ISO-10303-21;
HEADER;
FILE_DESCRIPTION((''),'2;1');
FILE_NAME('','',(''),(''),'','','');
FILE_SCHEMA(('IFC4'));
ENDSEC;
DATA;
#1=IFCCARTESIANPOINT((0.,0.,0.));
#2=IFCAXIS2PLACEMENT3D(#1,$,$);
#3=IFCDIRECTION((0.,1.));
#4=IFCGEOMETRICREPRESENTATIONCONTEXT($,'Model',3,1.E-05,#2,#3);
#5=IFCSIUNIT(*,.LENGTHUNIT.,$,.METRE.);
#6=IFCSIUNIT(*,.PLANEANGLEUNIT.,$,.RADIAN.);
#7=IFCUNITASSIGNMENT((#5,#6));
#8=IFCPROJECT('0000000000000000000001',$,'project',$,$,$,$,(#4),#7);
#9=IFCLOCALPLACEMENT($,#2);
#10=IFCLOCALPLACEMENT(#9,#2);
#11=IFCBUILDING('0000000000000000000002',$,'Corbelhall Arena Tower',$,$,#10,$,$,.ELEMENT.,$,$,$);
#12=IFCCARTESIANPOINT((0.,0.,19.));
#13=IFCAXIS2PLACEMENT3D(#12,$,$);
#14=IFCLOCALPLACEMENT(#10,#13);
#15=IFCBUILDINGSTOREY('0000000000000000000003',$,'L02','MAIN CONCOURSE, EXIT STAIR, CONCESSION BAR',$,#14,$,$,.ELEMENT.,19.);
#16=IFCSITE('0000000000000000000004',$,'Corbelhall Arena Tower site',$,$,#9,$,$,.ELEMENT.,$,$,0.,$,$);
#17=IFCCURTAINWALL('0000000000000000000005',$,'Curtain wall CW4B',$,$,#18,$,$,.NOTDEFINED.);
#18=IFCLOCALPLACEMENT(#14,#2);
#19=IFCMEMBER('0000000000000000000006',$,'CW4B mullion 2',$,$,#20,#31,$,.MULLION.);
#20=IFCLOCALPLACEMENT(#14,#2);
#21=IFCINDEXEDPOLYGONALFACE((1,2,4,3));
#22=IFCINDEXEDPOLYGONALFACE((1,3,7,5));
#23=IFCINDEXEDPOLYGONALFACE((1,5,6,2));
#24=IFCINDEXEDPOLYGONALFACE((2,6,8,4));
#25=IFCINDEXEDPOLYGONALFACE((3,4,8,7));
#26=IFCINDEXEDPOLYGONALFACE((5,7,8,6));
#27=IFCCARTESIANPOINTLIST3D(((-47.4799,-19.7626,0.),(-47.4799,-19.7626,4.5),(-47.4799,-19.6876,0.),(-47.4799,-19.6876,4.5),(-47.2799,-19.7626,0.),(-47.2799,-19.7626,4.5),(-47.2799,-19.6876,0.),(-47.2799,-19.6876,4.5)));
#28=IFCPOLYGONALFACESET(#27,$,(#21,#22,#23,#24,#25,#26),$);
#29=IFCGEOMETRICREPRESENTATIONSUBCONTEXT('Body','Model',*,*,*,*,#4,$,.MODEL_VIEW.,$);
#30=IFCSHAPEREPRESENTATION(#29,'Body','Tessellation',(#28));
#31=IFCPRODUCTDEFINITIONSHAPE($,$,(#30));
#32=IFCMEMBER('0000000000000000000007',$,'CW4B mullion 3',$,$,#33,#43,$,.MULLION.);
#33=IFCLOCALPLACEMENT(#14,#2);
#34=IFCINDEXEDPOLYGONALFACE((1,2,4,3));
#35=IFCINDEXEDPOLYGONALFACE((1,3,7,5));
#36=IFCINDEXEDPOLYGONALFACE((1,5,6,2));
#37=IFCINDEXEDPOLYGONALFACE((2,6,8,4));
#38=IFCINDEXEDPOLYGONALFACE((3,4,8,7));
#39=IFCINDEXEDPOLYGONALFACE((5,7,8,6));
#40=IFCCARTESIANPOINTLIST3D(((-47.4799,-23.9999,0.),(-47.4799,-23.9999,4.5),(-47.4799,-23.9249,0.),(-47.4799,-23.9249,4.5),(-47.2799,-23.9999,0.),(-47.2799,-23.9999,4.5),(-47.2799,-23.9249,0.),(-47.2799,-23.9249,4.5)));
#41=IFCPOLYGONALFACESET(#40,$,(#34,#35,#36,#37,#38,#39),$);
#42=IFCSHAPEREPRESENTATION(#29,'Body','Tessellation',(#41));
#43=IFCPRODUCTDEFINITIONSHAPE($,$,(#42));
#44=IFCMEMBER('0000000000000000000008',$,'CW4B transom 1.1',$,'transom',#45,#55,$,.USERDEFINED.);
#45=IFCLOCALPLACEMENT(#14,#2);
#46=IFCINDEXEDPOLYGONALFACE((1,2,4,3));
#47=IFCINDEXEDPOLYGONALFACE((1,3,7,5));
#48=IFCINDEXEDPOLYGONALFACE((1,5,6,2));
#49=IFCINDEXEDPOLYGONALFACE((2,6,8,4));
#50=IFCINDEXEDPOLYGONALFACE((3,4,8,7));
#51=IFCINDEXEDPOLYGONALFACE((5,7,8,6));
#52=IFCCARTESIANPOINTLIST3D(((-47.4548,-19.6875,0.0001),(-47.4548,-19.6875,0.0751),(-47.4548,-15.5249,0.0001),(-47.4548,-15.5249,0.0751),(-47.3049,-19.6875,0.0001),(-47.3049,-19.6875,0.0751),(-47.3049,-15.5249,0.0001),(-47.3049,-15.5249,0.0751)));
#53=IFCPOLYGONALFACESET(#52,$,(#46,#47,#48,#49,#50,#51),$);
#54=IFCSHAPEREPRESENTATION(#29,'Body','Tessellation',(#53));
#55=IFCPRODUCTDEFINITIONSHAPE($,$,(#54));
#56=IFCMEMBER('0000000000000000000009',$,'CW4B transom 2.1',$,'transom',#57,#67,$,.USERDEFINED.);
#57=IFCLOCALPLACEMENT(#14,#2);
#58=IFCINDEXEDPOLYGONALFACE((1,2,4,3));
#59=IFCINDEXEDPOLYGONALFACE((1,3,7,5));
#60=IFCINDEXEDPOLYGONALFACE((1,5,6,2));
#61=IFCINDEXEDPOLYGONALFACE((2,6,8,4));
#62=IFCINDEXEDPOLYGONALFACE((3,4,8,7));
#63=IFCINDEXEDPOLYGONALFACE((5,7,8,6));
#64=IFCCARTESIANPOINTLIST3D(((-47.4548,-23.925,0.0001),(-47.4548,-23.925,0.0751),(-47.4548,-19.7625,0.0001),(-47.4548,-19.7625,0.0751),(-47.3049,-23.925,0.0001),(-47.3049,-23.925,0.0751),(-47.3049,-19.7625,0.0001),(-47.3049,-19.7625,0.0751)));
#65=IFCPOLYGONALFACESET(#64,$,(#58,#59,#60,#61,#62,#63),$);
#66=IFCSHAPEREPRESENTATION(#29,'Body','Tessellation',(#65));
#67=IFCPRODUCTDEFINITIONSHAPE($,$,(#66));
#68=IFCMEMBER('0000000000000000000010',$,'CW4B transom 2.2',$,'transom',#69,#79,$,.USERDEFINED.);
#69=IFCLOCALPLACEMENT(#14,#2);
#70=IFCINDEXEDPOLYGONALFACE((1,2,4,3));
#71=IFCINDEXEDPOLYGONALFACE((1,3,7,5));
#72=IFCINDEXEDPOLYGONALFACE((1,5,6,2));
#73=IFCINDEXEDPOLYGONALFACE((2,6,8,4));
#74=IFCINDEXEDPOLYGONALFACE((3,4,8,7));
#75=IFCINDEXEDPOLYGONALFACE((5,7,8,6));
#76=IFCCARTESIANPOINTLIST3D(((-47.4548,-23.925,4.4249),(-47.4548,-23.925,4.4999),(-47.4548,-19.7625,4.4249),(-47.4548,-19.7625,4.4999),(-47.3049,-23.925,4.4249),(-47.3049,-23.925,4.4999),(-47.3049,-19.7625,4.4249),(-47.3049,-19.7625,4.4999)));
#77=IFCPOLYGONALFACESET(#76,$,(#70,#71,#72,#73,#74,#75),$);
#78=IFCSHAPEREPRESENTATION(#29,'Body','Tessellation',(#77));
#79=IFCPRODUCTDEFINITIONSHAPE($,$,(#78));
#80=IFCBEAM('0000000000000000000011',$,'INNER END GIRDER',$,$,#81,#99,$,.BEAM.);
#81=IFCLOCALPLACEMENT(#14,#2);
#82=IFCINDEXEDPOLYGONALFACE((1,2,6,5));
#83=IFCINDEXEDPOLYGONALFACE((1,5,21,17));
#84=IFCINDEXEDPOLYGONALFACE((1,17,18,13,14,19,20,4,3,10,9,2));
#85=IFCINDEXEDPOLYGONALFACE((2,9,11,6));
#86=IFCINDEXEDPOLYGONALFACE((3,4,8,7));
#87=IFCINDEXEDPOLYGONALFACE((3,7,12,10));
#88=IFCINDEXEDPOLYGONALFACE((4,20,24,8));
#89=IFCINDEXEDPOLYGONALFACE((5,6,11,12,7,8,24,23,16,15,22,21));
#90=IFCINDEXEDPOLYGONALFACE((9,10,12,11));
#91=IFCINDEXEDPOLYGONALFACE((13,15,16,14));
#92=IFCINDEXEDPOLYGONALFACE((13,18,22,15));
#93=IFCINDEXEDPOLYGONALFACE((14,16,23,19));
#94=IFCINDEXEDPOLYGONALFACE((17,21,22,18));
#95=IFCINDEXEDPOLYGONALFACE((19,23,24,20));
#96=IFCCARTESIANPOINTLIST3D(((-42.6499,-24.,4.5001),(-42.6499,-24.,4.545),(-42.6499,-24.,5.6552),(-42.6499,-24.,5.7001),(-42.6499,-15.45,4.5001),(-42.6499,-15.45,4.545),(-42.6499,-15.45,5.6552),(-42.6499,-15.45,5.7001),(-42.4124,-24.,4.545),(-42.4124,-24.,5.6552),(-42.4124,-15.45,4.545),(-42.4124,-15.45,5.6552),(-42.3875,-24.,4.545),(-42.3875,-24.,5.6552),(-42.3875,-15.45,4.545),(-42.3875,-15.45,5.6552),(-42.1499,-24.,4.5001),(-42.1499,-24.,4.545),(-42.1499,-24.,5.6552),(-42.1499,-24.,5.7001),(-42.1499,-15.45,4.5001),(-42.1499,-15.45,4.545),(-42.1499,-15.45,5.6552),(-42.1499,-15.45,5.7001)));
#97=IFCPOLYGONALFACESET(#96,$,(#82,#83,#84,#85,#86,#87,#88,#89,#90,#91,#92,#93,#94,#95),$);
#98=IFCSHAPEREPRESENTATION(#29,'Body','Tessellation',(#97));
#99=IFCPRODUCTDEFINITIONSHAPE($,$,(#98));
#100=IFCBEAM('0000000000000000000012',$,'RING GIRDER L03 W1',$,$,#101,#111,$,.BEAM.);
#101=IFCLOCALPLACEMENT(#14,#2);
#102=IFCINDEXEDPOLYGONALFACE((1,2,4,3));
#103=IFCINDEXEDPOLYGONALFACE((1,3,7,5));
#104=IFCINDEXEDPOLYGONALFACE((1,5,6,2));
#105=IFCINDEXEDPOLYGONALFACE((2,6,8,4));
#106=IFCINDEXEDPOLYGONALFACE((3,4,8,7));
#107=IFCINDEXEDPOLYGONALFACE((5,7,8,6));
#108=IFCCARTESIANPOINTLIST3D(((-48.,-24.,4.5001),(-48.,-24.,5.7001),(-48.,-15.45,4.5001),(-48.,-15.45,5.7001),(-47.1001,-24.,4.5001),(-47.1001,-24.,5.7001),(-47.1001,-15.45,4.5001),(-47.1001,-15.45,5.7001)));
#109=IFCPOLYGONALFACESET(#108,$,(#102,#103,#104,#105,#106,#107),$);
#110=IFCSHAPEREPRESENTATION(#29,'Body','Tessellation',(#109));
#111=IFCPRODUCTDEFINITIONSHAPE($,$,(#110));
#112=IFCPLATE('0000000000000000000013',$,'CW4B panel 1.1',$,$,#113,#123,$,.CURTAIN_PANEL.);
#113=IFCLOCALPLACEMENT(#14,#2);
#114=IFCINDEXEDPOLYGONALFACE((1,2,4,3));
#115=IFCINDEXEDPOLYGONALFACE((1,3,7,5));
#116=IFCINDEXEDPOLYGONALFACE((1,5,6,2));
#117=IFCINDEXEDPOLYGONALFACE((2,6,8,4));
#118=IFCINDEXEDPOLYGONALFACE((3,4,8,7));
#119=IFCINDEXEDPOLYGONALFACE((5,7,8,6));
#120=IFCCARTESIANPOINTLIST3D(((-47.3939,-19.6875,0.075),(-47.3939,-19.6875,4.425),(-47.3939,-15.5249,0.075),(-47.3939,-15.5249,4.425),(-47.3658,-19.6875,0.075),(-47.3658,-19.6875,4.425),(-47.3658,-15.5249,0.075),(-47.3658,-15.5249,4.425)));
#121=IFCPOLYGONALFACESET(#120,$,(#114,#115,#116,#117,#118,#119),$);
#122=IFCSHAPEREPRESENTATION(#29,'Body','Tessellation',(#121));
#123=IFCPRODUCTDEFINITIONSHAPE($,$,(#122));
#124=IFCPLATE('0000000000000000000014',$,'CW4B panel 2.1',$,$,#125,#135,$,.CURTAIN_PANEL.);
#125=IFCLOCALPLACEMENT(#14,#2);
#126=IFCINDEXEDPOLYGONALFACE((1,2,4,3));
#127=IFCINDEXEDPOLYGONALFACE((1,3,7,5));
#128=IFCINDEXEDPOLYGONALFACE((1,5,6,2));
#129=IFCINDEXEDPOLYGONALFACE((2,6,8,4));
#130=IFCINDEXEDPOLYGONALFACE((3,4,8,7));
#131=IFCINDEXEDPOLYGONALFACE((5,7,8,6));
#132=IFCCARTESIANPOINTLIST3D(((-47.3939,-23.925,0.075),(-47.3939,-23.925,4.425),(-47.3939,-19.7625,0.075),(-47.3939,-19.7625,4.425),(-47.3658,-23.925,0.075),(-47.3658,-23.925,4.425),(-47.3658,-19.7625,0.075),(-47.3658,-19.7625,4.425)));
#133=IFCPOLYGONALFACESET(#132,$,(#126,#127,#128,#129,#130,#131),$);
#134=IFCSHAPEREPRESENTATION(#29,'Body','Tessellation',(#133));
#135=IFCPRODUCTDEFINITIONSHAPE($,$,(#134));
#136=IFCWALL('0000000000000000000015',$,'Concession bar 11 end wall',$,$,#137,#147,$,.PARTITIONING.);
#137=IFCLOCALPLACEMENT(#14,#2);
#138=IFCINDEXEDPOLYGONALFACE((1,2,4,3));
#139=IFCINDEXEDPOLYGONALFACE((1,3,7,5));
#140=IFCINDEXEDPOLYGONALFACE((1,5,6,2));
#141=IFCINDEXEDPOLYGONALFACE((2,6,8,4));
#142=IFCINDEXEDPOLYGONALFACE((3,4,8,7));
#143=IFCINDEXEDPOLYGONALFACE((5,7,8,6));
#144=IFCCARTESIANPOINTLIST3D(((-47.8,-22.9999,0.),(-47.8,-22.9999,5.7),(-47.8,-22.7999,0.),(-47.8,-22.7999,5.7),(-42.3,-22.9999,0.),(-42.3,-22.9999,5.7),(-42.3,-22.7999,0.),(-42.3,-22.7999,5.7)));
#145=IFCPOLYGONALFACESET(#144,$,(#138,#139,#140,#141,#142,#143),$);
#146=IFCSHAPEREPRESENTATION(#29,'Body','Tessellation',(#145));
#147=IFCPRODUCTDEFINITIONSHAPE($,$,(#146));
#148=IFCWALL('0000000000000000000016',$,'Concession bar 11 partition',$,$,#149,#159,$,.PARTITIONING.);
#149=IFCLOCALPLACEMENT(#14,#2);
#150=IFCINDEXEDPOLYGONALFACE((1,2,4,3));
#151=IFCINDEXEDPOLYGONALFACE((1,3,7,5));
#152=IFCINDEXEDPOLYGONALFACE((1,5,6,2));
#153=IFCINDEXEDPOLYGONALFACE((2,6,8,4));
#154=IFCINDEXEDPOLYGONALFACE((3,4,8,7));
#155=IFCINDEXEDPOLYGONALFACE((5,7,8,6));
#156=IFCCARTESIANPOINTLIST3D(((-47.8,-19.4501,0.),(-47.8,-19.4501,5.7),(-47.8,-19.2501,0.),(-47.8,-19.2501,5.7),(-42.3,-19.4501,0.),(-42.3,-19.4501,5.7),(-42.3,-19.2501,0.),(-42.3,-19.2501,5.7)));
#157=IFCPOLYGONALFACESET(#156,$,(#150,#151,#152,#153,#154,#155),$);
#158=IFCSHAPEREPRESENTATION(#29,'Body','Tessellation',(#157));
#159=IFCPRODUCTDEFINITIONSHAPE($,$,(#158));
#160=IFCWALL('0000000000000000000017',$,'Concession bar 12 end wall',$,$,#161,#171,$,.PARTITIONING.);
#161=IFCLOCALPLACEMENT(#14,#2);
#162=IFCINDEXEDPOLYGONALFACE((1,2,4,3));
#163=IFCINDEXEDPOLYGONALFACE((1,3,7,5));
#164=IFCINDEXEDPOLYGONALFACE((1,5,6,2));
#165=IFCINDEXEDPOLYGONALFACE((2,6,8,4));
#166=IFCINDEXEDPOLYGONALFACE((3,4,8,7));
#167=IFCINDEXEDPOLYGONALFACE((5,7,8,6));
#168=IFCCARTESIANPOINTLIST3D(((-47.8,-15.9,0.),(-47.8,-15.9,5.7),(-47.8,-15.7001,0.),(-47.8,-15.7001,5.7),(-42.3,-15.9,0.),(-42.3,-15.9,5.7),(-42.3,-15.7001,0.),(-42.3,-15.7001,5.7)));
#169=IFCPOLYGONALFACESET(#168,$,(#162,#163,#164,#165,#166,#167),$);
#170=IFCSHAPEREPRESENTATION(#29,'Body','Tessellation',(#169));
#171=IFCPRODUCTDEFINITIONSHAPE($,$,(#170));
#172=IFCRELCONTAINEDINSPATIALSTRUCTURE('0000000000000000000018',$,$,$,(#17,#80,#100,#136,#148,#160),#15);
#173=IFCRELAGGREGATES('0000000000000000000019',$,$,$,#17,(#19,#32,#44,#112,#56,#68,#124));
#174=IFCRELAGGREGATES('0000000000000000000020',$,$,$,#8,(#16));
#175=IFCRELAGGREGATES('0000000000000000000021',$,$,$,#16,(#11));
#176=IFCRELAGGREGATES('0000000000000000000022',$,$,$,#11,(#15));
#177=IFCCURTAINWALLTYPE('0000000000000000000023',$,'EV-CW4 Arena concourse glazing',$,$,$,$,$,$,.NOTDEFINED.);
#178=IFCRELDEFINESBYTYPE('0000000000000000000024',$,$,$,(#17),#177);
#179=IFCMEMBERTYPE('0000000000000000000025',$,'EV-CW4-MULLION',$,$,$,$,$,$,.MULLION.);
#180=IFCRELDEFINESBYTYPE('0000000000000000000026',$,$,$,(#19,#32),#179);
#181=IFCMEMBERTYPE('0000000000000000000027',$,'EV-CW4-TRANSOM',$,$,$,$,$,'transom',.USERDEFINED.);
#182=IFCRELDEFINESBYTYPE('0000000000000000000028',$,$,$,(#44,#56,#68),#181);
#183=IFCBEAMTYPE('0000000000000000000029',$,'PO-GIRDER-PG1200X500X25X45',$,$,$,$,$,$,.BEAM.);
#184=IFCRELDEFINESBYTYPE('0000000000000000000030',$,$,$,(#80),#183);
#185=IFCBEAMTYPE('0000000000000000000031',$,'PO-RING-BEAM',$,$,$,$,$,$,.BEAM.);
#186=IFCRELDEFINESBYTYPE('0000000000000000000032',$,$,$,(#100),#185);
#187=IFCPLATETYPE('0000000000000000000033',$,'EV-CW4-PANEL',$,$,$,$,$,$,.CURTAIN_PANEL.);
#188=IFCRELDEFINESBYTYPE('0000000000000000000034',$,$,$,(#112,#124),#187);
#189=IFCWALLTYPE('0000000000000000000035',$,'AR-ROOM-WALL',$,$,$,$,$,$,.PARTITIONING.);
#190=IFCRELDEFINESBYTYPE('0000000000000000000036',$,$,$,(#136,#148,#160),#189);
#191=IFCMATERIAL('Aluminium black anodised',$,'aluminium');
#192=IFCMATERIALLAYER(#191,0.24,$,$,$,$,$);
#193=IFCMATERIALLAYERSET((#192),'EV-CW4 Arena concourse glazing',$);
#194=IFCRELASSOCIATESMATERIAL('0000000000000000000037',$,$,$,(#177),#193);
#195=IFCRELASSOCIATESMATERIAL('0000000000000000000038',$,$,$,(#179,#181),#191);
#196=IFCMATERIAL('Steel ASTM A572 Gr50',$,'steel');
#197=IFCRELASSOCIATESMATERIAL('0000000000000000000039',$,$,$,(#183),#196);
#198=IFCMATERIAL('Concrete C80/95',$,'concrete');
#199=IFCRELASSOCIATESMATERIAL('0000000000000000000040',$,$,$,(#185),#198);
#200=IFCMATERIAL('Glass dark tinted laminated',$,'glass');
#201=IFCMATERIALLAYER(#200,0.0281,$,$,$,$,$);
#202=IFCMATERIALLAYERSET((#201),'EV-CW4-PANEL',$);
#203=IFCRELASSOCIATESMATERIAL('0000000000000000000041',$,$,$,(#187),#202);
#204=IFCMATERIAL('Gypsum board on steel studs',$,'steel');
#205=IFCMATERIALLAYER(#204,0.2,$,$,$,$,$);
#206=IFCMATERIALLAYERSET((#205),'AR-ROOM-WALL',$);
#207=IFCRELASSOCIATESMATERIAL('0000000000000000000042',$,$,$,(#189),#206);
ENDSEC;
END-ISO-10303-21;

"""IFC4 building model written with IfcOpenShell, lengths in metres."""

from ifc_helpers import new_model, si_unit, direction, frame, frame_2d, origin, origin_2d, place, context, subcontext, project, spatial, rectangle, i_section, extrude, material, layer, layer_set, material_profile, profile_set, type_object, element, aggregate, save


model = new_model("IFC4")

# Units and contexts
model_context = context("Model", 3, precision=1e-05, world=origin(), true_north=direction((0.0, 1.0)))
body_context = subcontext(model_context, "Body", "Model", "MODEL_VIEW")
ifc_project = project(units=[si_unit("LENGTHUNIT", "METRE"), si_unit("PLANEANGLEUNIT", "RADIAN")], contexts=[model_context])

# Site, building, storey
site_placement = place(None, origin())
site = spatial("IfcSite", under=ifc_project, at=site_placement, Name="Corbelhall Arena Tower site", CompositionType="ELEMENT", RefElevation=0.0)
building_placement = place(site_placement, origin())
building = spatial("IfcBuilding", under=site, at=building_placement, Name="Corbelhall Arena Tower", CompositionType="ELEMENT")
storey_placement = place(building_placement, frame((0.0, 0.0, 19.0)))
storey = spatial("IfcBuildingStorey", under=building, at=storey_placement, Name="L02", Description="MAIN CONCOURSE, EXIT STAIR, CONCESSION BAR", CompositionType="ELEMENT", Elevation=19.0)

# Curtain wall, members
ifc_material_1 = material(Name="Aluminium black anodised", Category="aluminium")
ifc_layer_1 = layer(ifc_material_1, 0.24)
ifc_layer_set_1 = layer_set([ifc_layer_1], Name="EV-CW4 Arena concourse glazing")
curtain_wall_type = type_object("IfcCurtainWallType", Name="EV-CW4 Arena concourse glazing", PredefinedType="NOTDEFINED", material=ifc_layer_set_1)
curtain_wall_placement = place(storey_placement, origin())
curtain_wall = element("IfcCurtainWall", 1, at=curtain_wall_placement, inside=storey, type_object=curtain_wall_type, Name="Curtain wall CW4B", PredefinedType="NOTDEFINED")
ifc_material_profile_1 = material_profile(ifc_material_1, rectangle(XDim=0.2, YDim=0.075, at=origin_2d()))
ifc_profile_set_1 = profile_set([ifc_material_profile_1], Name="Aluminium black anodised")
member_type_1 = type_object("IfcMemberType", Name="EV-CW4-MULLION", PredefinedType="MULLION", material=ifc_profile_set_1)
member_1_placement = place(storey_placement, frame((-47.3799, -19.7251, 0.0), z_axis=(0.0, 0.0, 1.0), x_axis=(1.0, 0.0, 0.0)))
member_1 = element("IfcMember", 2, at=member_1_placement, type_object=member_type_1, Name="CW4B mullion 2", PredefinedType="MULLION", context=body_context, shape_type="SweptSolid", body=[
    extrude(rectangle(XDim=0.2, YDim=0.075, at=origin_2d()), origin(), (0.0, 0.0, 1.0), 4.5),
])
member_2_placement = place(storey_placement, frame((-47.3799, -23.9624, 0.0), z_axis=(0.0, 0.0, 1.0), x_axis=(1.0, 0.0, 0.0)))
member_2 = element("IfcMember", 3, at=member_2_placement, type_object=member_type_1, Name="CW4B mullion 3", PredefinedType="MULLION", context=body_context, shape_type="SweptSolid", body=[
    extrude(rectangle(XDim=0.2, YDim=0.075, at=origin_2d()), origin(), (0.0, 0.0, 1.0), 4.5),
])
ifc_material_profile_2 = material_profile(ifc_material_1, rectangle(XDim=0.1499, YDim=0.075, at=origin_2d()))
ifc_profile_set_2 = profile_set([ifc_material_profile_2], Name="Aluminium black anodised")
member_type_2 = type_object("IfcMemberType", Name="EV-CW4-TRANSOM", ElementType="transom", PredefinedType="USERDEFINED", material=ifc_profile_set_2)
member_3_placement = place(storey_placement, frame((-47.3799, -15.5249, 0.0376), z_axis=(0.0, -1.0, 0.0), x_axis=(1.0, 0.0, 0.0)))
member_3 = element("IfcMember", 4, at=member_3_placement, type_object=member_type_2, Name="CW4B transom 1.1", ObjectType="transom", PredefinedType="USERDEFINED", context=body_context, shape_type="SweptSolid", body=[
    extrude(rectangle(XDim=0.1499, YDim=0.075, at=origin_2d()), origin(), (0.0, 0.0, 1.0), 4.1626),
])
member_4_placement = place(storey_placement, frame((-47.3799, -19.7625, 0.0376), z_axis=(0.0, -1.0, 0.0), x_axis=(1.0, 0.0, 0.0)))
member_4 = element("IfcMember", 5, at=member_4_placement, type_object=member_type_2, Name="CW4B transom 2.1", ObjectType="transom", PredefinedType="USERDEFINED", context=body_context, shape_type="SweptSolid", body=[
    extrude(rectangle(XDim=0.1499, YDim=0.075, at=origin_2d()), origin(), (0.0, 0.0, 1.0), 4.1626),
])
member_5_placement = place(storey_placement, frame((-47.3799, -19.7625, 4.4624), z_axis=(0.0, -1.0, 0.0), x_axis=(1.0, 0.0, 0.0)))
member_5 = element("IfcMember", 6, at=member_5_placement, type_object=member_type_2, Name="CW4B transom 2.2", ObjectType="transom", PredefinedType="USERDEFINED", context=body_context, shape_type="SweptSolid", body=[
    extrude(rectangle(XDim=0.1499, YDim=0.075, at=origin_2d()), origin(), (0.0, 0.0, 1.0), 4.1626),
])

# Beams
ifc_material_2 = material(Name="Steel ASTM A572 Gr50", Category="steel")
ifc_material_profile_3 = material_profile(ifc_material_2, i_section(OverallWidth=0.5, OverallDepth=1.2, WebThickness=0.0249, FlangeThickness=0.0449, at=origin_2d()))
ifc_profile_set_3 = profile_set([ifc_material_profile_3], Name="Steel ASTM A572 Gr50")
beam_type_1 = type_object("IfcBeamType", Name="PO-GIRDER-PG1200X500X25X45", PredefinedType="BEAM", material=ifc_profile_set_3)
beam_1_placement = place(storey_placement, frame((-42.3999, -24.0, 5.1001), z_axis=(0.0, 1.0, 0.0), x_axis=(-1.0, 0.0, 0.0)))
element("IfcBeam", 7, at=beam_1_placement, inside=storey, type_object=beam_type_1, Name="INNER END GIRDER", PredefinedType="BEAM", context=body_context, shape_type="SweptSolid", body=[
    extrude(i_section(OverallWidth=0.5, OverallDepth=1.2, WebThickness=0.0249, FlangeThickness=0.0449, at=origin_2d()), origin(), (0.0, 0.0, 1.0), 8.55),
])
ifc_material_3 = material(Name="Concrete C80/95", Category="concrete")
ifc_material_profile_4 = material_profile(ifc_material_3, rectangle(XDim=0.8999, YDim=1.2, at=origin_2d()))
ifc_profile_set_4 = profile_set([ifc_material_profile_4], Name="Concrete C80/95")
beam_type_2 = type_object("IfcBeamType", Name="PO-RING-BEAM", PredefinedType="BEAM", material=ifc_profile_set_4)
beam_2_placement = place(storey_placement, frame((-47.55, -24.0, 5.1001), z_axis=(0.0, 1.0, 0.0), x_axis=(-1.0, 0.0, 0.0)))
element("IfcBeam", 8, at=beam_2_placement, inside=storey, type_object=beam_type_2, Name="RING GIRDER L03 W1", PredefinedType="BEAM", context=body_context, shape_type="SweptSolid", body=[
    extrude(rectangle(XDim=0.8999, YDim=1.2, at=origin_2d()), origin(), (0.0, 0.0, 1.0), 8.55),
])

# Plates
ifc_material_4 = material(Name="Glass dark tinted laminated", Category="glass")
ifc_layer_2 = layer(ifc_material_4, 0.0281)
ifc_layer_set_2 = layer_set([ifc_layer_2], Name="EV-CW4-PANEL")
plate_type = type_object("IfcPlateType", Name="EV-CW4-PANEL", PredefinedType="CURTAIN_PANEL", material=ifc_layer_set_2)
plate_1_placement = place(storey_placement, frame((-47.3799, -17.6062, 0.075), z_axis=(0.0, 0.0, 1.0), x_axis=(0.0, -1.0, 0.0)))
plate_1 = element("IfcPlate", 9, at=plate_1_placement, type_object=plate_type, Name="CW4B panel 1.1", PredefinedType="CURTAIN_PANEL", context=body_context, shape_type="SweptSolid", body=[
    extrude(rectangle(XDim=4.1626, YDim=0.0281, at=origin_2d()), origin(), (0.0, 0.0, 1.0), 4.3501),
])
plate_2_placement = place(storey_placement, frame((-47.3799, -21.8438, 0.075), z_axis=(0.0, 0.0, 1.0), x_axis=(0.0, -1.0, 0.0)))
plate_2 = element("IfcPlate", 10, at=plate_2_placement, type_object=plate_type, Name="CW4B panel 2.1", PredefinedType="CURTAIN_PANEL", context=body_context, shape_type="SweptSolid", body=[
    extrude(rectangle(XDim=4.1626, YDim=0.0281, at=origin_2d()), origin(), (0.0, 0.0, 1.0), 4.3501),
])
aggregate(curtain_wall, [member_1, member_2, member_3, plate_1, member_4, member_5, plate_2])

# Walls
ifc_material_5 = material(Name="Gypsum board on steel studs", Category="steel")
ifc_layer_3 = layer(ifc_material_5, 0.2)
ifc_layer_set_3 = layer_set([ifc_layer_3], Name="AR-ROOM-WALL")
wall_type_1 = type_object("IfcWallType", Name="AR-ROOM-WALL", PredefinedType="PARTITIONING", material=ifc_layer_set_3)
for number, where, z_axis, x_axis, name in (
    (11, (-42.3, -22.8999, 0.0), (0.0, 0.0, 1.0), (-1.0, 0.0, 0.0), "Concession bar 11 end wall"),
    (12, (-47.8, -19.3501, 0.0), (0.0, 0.0, 1.0), (1.0, 0.0, 0.0), "Concession bar 11 partition"),
    (13, (-42.3, -15.8, 0.0), (0.0, 0.0, 1.0), (-1.0, 0.0, 0.0), "Concession bar 12 end wall"),
):
    element("IfcWall", number, at=place(storey_placement, frame(where, z_axis=z_axis, x_axis=x_axis)), inside=storey, type_object=wall_type_1, Name=name, PredefinedType="PARTITIONING", context=body_context, shape_type="SweptSolid", body=[
        extrude(rectangle(XDim=5.5, YDim=0.2, at=frame_2d((2.75, 0.0))), origin(), (0.0, 0.0, 1.0), 5.7),
    ])

save(model, "model.ifc")
